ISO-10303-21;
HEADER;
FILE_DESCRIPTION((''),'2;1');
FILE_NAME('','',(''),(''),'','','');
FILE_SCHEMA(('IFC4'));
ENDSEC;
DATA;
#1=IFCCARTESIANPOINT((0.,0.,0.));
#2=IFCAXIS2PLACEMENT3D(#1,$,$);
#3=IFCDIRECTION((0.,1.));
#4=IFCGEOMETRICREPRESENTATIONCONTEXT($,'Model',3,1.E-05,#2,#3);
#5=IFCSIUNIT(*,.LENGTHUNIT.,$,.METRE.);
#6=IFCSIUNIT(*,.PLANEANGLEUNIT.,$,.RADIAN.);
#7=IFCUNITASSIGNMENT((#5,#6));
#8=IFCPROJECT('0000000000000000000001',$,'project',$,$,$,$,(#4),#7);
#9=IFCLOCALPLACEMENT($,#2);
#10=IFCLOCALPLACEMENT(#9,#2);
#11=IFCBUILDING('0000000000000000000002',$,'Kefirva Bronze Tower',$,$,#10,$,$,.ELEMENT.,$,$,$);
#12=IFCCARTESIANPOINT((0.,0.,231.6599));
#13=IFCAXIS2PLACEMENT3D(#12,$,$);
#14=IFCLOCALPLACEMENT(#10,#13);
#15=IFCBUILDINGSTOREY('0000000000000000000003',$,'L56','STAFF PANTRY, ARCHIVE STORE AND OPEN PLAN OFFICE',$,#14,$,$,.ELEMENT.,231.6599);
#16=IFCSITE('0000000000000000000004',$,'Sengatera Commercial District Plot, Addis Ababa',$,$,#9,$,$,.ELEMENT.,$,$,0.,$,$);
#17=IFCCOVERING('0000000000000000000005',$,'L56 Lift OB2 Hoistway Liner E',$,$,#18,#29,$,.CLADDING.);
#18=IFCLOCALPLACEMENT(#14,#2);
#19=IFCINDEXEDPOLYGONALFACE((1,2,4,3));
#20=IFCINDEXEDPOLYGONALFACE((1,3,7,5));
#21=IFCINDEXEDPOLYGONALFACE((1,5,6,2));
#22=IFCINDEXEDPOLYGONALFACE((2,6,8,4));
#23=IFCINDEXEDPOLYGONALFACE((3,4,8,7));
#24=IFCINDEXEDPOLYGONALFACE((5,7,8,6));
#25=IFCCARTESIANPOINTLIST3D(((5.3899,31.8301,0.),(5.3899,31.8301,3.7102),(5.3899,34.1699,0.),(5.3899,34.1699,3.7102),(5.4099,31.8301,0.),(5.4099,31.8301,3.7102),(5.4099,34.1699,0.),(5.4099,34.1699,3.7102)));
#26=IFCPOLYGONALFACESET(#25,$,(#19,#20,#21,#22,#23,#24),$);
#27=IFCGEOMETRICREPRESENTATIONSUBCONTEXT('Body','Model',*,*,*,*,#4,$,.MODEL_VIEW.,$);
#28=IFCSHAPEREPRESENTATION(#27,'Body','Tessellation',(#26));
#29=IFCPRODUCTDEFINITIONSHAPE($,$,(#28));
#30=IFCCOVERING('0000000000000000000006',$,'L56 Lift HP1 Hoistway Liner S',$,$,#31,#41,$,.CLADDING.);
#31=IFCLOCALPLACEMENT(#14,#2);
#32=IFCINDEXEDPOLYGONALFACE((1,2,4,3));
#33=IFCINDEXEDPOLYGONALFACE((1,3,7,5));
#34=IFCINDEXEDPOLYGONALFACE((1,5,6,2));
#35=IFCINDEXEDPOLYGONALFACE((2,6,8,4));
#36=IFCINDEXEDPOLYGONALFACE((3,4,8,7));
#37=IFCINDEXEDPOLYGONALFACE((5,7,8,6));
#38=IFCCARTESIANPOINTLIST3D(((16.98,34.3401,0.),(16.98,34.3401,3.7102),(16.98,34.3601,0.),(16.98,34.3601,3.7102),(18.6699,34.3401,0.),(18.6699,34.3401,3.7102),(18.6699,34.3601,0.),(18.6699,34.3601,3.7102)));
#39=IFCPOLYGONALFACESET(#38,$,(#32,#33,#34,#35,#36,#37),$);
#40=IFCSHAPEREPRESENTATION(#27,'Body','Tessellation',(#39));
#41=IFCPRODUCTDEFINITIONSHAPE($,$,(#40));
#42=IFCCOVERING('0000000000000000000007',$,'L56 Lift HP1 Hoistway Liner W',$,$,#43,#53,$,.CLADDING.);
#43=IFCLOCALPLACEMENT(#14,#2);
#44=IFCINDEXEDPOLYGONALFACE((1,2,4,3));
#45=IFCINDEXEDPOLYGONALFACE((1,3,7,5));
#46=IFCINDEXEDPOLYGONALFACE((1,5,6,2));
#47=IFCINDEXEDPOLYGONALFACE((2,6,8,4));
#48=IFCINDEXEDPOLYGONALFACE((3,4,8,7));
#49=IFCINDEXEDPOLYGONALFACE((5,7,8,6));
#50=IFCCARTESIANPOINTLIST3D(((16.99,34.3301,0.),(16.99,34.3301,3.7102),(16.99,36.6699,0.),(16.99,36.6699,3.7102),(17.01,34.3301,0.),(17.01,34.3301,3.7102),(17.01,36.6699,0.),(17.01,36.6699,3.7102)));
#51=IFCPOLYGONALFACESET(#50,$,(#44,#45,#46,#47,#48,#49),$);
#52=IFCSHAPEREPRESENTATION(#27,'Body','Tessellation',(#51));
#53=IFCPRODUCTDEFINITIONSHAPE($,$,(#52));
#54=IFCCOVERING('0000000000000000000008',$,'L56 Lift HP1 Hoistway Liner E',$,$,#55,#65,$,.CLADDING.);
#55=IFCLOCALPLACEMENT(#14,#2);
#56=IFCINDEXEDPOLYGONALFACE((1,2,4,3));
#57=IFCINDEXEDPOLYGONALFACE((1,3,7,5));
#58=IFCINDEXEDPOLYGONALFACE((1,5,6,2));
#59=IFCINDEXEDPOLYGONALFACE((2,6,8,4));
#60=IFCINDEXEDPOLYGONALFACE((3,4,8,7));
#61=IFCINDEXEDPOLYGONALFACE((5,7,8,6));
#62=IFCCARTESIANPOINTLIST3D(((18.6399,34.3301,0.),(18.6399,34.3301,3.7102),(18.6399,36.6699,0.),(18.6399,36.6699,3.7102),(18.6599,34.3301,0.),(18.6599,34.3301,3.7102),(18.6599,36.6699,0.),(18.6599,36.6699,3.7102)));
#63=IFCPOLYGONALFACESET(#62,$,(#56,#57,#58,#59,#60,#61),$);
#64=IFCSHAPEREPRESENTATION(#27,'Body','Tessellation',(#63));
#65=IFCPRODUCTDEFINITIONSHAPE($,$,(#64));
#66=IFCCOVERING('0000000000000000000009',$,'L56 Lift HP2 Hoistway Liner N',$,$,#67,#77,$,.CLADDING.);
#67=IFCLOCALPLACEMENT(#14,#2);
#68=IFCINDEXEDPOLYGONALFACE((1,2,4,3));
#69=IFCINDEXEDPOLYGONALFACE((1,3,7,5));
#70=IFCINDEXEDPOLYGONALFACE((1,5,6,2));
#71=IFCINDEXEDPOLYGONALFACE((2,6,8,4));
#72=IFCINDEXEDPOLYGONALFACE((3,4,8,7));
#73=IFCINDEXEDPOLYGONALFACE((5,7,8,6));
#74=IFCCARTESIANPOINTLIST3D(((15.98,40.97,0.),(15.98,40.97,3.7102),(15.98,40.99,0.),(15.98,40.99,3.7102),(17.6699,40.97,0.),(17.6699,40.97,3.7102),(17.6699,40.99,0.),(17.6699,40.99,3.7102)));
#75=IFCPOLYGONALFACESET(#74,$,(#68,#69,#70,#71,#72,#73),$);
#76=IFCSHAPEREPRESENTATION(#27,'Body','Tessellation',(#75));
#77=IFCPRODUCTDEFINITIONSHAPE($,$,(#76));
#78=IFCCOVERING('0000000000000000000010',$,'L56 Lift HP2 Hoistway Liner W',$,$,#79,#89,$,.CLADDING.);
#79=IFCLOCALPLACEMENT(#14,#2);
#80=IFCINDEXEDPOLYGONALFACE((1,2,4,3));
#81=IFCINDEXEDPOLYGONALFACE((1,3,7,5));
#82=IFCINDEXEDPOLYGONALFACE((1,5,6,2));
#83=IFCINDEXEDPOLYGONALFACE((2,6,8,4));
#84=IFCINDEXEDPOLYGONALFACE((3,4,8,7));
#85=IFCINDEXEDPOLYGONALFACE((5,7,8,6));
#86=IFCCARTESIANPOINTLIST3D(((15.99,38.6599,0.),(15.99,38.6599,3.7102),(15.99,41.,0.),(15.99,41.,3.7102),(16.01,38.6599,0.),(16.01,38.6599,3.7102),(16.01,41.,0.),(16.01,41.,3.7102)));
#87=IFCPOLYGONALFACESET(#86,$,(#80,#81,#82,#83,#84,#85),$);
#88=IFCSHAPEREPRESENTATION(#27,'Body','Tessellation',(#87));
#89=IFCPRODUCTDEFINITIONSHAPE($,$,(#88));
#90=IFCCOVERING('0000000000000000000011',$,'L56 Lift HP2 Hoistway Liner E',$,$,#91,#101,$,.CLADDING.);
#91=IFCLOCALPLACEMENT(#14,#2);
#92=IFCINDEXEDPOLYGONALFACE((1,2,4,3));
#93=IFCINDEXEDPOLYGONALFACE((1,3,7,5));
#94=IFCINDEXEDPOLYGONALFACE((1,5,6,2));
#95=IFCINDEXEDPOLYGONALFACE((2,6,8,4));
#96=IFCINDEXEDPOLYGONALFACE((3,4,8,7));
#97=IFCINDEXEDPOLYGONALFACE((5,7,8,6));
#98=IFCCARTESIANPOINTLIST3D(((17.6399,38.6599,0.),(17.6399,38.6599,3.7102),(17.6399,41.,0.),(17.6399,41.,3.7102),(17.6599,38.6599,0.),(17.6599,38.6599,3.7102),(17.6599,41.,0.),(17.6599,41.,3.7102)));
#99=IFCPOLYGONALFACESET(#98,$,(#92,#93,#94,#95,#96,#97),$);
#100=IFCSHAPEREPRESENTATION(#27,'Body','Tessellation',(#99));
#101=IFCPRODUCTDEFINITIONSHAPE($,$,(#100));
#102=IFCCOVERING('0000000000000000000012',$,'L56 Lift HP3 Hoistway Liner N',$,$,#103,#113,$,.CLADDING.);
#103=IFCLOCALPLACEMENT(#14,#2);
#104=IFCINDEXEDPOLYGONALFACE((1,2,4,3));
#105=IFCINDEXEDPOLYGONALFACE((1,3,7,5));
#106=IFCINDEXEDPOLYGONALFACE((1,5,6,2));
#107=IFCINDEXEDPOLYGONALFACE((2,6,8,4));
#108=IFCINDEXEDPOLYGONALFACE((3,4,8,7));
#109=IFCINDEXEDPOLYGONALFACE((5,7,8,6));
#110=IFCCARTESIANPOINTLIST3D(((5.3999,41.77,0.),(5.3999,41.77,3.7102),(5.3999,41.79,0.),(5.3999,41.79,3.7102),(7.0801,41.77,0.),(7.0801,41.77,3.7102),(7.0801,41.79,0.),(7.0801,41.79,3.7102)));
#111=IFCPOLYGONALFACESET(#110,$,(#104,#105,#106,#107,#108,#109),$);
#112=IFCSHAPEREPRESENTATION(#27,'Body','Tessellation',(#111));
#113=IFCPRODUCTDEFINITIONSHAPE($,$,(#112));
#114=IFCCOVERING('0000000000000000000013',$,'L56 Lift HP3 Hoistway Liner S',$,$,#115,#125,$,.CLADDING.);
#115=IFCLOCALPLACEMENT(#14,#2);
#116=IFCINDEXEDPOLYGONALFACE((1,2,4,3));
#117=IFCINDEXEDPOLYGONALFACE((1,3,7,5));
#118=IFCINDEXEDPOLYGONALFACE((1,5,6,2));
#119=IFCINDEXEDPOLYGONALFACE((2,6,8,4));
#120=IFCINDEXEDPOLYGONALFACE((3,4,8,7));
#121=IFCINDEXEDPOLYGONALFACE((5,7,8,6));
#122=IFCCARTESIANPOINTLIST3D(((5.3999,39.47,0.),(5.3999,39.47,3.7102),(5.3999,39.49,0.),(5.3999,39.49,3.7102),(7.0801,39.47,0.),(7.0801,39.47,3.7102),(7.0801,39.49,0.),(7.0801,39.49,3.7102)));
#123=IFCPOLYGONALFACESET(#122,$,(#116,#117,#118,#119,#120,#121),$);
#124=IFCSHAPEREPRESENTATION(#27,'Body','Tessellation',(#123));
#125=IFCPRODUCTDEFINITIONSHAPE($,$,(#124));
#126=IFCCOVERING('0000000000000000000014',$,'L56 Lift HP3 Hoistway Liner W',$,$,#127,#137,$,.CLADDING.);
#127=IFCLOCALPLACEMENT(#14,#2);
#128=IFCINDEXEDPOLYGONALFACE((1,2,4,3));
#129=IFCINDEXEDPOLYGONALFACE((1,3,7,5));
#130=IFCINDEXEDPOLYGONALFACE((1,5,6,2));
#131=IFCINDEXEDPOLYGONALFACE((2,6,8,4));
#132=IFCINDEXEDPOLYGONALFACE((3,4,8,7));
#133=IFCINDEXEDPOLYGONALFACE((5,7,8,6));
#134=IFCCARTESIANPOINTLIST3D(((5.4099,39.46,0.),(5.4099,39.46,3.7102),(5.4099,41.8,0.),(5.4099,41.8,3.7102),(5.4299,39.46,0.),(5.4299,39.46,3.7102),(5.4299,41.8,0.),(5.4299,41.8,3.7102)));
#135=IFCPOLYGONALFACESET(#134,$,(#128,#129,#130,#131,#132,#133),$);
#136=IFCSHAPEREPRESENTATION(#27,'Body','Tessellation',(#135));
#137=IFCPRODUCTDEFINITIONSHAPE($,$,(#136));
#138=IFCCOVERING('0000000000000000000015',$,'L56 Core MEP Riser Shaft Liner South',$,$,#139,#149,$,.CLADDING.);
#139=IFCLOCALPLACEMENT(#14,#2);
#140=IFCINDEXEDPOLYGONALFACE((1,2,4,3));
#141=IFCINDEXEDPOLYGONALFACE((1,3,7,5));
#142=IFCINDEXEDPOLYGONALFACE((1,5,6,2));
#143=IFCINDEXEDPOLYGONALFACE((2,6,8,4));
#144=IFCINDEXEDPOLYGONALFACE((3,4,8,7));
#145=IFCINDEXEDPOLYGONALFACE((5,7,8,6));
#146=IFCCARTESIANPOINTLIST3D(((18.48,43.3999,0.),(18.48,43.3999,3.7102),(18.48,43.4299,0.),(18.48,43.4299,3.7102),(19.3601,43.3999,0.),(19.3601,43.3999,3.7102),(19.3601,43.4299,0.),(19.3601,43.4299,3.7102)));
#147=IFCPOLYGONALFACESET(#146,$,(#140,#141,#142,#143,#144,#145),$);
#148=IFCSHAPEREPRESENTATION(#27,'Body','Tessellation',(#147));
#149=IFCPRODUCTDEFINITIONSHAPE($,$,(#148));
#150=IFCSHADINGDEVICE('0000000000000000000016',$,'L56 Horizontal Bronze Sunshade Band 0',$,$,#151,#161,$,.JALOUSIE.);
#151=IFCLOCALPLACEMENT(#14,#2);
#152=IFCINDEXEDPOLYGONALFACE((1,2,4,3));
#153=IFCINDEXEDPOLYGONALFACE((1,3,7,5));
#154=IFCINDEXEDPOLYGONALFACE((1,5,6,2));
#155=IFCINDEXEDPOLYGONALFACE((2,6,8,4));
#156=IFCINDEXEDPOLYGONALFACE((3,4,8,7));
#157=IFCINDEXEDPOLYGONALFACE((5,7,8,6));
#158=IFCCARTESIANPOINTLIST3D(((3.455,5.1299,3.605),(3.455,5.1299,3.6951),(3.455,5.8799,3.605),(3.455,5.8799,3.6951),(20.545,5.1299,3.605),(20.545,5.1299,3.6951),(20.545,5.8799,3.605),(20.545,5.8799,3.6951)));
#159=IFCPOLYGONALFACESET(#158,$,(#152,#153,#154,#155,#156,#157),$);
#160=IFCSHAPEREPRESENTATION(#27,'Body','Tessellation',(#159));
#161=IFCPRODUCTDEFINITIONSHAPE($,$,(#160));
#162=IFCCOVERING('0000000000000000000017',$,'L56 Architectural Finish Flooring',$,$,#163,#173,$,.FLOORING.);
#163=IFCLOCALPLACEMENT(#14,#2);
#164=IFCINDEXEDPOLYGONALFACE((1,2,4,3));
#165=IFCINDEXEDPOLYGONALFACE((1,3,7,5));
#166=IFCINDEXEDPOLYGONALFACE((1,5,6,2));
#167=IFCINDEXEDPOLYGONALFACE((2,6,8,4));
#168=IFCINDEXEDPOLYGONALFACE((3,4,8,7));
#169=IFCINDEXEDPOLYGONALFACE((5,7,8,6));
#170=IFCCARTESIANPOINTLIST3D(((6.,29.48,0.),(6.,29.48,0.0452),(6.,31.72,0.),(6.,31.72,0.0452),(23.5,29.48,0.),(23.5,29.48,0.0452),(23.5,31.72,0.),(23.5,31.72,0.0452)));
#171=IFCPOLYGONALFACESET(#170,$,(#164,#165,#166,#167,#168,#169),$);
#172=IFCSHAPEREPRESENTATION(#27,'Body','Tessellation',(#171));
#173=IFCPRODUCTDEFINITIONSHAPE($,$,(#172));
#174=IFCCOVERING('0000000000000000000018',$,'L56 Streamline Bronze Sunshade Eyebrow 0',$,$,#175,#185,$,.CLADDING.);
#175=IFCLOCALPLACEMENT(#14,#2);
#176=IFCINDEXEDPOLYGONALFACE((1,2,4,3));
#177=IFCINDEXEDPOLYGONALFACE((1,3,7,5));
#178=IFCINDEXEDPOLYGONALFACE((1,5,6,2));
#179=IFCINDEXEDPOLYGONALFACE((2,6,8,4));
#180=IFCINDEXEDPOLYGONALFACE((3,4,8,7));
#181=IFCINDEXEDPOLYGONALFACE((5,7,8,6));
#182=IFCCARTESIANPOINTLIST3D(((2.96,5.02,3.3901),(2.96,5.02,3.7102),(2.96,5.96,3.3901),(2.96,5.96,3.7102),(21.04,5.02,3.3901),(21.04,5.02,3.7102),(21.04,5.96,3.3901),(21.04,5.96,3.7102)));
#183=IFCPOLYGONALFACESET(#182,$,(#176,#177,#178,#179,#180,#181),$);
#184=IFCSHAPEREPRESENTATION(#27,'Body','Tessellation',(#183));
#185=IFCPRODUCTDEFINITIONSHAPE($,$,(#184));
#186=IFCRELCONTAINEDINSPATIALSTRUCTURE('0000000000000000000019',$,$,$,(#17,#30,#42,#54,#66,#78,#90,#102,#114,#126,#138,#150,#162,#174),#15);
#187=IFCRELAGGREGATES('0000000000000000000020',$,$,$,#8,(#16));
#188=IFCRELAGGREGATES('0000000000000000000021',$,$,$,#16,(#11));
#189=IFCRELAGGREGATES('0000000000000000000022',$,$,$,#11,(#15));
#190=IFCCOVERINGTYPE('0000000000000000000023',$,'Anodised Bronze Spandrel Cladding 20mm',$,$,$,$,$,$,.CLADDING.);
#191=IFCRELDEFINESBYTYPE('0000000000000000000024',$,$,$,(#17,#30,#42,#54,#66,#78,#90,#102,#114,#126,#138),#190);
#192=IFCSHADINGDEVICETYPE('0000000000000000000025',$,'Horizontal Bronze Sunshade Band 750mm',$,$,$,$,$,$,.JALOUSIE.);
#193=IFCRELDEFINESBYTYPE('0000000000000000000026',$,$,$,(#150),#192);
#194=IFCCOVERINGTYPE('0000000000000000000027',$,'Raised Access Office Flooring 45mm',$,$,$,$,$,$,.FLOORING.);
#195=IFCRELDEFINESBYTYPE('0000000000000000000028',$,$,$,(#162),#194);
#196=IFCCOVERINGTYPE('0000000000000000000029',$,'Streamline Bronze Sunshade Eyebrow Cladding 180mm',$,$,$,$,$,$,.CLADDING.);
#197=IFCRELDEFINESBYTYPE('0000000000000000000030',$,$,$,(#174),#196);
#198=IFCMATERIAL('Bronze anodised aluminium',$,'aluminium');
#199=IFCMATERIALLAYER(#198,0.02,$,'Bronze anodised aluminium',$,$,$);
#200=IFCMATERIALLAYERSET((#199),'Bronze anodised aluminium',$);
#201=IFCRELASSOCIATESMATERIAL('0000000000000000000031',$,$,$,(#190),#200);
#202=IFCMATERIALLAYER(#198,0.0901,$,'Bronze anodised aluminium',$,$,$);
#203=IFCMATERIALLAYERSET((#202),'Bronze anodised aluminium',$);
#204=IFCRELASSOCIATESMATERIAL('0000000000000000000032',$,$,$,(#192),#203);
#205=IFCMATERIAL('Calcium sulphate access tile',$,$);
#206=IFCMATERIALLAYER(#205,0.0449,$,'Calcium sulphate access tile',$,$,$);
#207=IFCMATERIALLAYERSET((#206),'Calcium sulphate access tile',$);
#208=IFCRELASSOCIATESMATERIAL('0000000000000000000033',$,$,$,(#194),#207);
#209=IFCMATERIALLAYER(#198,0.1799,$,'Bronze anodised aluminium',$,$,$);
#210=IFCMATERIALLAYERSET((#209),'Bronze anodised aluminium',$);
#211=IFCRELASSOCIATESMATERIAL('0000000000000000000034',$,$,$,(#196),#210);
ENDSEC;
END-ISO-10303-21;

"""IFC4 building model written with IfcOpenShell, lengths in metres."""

from ifc_helpers import new_model, si_unit, direction, frame, origin, origin_2d, place, context, subcontext, project, spatial, polyline, rectangle, outline, extrude, material, layer, layer_set, type_object, element, save


model = new_model("IFC4")

# Units and contexts
model_context = context("Model", 3, precision=1e-05, world=origin(), true_north=direction((0.0, 1.0)))
body_context = subcontext(model_context, "Body", "Model", "MODEL_VIEW")
ifc_project = project(units=[si_unit("LENGTHUNIT", "METRE"), si_unit("PLANEANGLEUNIT", "RADIAN")], contexts=[model_context])

# Site, building, storey
site_placement = place(None, origin())
site = spatial("IfcSite", under=ifc_project, at=site_placement, Name="Sengatera Commercial District Plot, Addis Ababa", CompositionType="ELEMENT", RefElevation=0.0)
building_placement = place(site_placement, origin())
building = spatial("IfcBuilding", under=site, at=building_placement, Name="Kefirva Bronze Tower", CompositionType="ELEMENT")
storey_placement = place(building_placement, frame((0.0, 0.0, 231.6599)))
storey = spatial("IfcBuildingStorey", under=building, at=storey_placement, Name="L56", Description="STAFF PANTRY, ARCHIVE STORE AND OPEN PLAN OFFICE", CompositionType="ELEMENT", Elevation=231.6599)

# Shared definitions
ifc_material_1 = material(Name="Bronze anodised aluminium", Category="aluminium")

# Coverings
ifc_layer_1 = layer(ifc_material_1, 0.02, Name="Bronze anodised aluminium")
ifc_layer_set_1 = layer_set([ifc_layer_1], Name="Bronze anodised aluminium")
covering_type_1 = type_object("IfcCoveringType", Name="Anodised Bronze Spandrel Cladding 20mm", PredefinedType="CLADDING", material=ifc_layer_set_1)
covering_1_placement = place(storey_placement, origin())
element("IfcCovering", 1, at=covering_1_placement, inside=storey, type_object=covering_type_1, Name="L56 Lift OB2 Hoistway Liner E", PredefinedType="CLADDING", context=body_context, shape_type="SweptSolid", body=[
    extrude(outline(polyline([(5.3899, 31.8301), (5.4099, 31.8301), (5.4099, 34.1699), (5.3899, 34.1699), (5.3899, 31.8301)])), origin(), (0.0, 0.0, 1.0), 3.7102),
])
covering_2_placement = place(storey_placement, origin())
element("IfcCovering", 2, at=covering_2_placement, inside=storey, type_object=covering_type_1, Name="L56 Lift HP1 Hoistway Liner S", PredefinedType="CLADDING", context=body_context, shape_type="SweptSolid", body=[
    extrude(outline(polyline([(16.98, 34.3401), (18.6699, 34.3401), (18.6699, 34.3601), (16.98, 34.3601), (16.98, 34.3401)])), origin(), (0.0, 0.0, 1.0), 3.7102),
])
covering_3_placement = place(storey_placement, origin())
element("IfcCovering", 3, at=covering_3_placement, inside=storey, type_object=covering_type_1, Name="L56 Lift HP1 Hoistway Liner W", PredefinedType="CLADDING", context=body_context, shape_type="SweptSolid", body=[
    extrude(outline(polyline([(16.99, 34.3301), (17.01, 34.3301), (17.01, 36.6699), (16.99, 36.6699), (16.99, 34.3301)])), origin(), (0.0, 0.0, 1.0), 3.7102),
])
covering_4_placement = place(storey_placement, origin())
element("IfcCovering", 4, at=covering_4_placement, inside=storey, type_object=covering_type_1, Name="L56 Lift HP1 Hoistway Liner E", PredefinedType="CLADDING", context=body_context, shape_type="SweptSolid", body=[
    extrude(outline(polyline([(18.6399, 34.3301), (18.6599, 34.3301), (18.6599, 36.6699), (18.6399, 36.6699), (18.6399, 34.3301)])), origin(), (0.0, 0.0, 1.0), 3.7102),
])
covering_5_placement = place(storey_placement, origin())
element("IfcCovering", 5, at=covering_5_placement, inside=storey, type_object=covering_type_1, Name="L56 Lift HP2 Hoistway Liner N", PredefinedType="CLADDING", context=body_context, shape_type="SweptSolid", body=[
    extrude(outline(polyline([(15.98, 40.97), (17.6699, 40.97), (17.6699, 40.99), (15.98, 40.99), (15.98, 40.97)])), origin(), (0.0, 0.0, 1.0), 3.7102),
])
covering_6_placement = place(storey_placement, origin())
element("IfcCovering", 6, at=covering_6_placement, inside=storey, type_object=covering_type_1, Name="L56 Lift HP2 Hoistway Liner W", PredefinedType="CLADDING", context=body_context, shape_type="SweptSolid", body=[
    extrude(outline(polyline([(15.99, 38.6599), (16.01, 38.6599), (16.01, 41.0), (15.99, 41.0), (15.99, 38.6599)])), origin(), (0.0, 0.0, 1.0), 3.7102),
])
covering_7_placement = place(storey_placement, origin())
element("IfcCovering", 7, at=covering_7_placement, inside=storey, type_object=covering_type_1, Name="L56 Lift HP2 Hoistway Liner E", PredefinedType="CLADDING", context=body_context, shape_type="SweptSolid", body=[
    extrude(outline(polyline([(17.6399, 38.6599), (17.6599, 38.6599), (17.6599, 41.0), (17.6399, 41.0), (17.6399, 38.6599)])), origin(), (0.0, 0.0, 1.0), 3.7102),
])
covering_8_placement = place(storey_placement, origin())
element("IfcCovering", 8, at=covering_8_placement, inside=storey, type_object=covering_type_1, Name="L56 Lift HP3 Hoistway Liner N", PredefinedType="CLADDING", context=body_context, shape_type="SweptSolid", body=[
    extrude(outline(polyline([(5.3999, 41.77), (7.0801, 41.77), (7.0801, 41.79), (5.3999, 41.79), (5.3999, 41.77)])), origin(), (0.0, 0.0, 1.0), 3.7102),
])
covering_9_placement = place(storey_placement, origin())
element("IfcCovering", 9, at=covering_9_placement, inside=storey, type_object=covering_type_1, Name="L56 Lift HP3 Hoistway Liner S", PredefinedType="CLADDING", context=body_context, shape_type="SweptSolid", body=[
    extrude(outline(polyline([(5.3999, 39.47), (7.0801, 39.47), (7.0801, 39.49), (5.3999, 39.49), (5.3999, 39.47)])), origin(), (0.0, 0.0, 1.0), 3.7102),
])
covering_10_placement = place(storey_placement, origin())
element("IfcCovering", 10, at=covering_10_placement, inside=storey, type_object=covering_type_1, Name="L56 Lift HP3 Hoistway Liner W", PredefinedType="CLADDING", context=body_context, shape_type="SweptSolid", body=[
    extrude(outline(polyline([(5.4099, 39.46), (5.4299, 39.46), (5.4299, 41.8), (5.4099, 41.8), (5.4099, 39.46)])), origin(), (0.0, 0.0, 1.0), 3.7102),
])
covering_11_placement = place(storey_placement, origin())
element("IfcCovering", 11, at=covering_11_placement, inside=storey, type_object=covering_type_1, Name="L56 Core MEP Riser Shaft Liner South", PredefinedType="CLADDING", context=body_context, shape_type="SweptSolid", body=[
    extrude(outline(polyline([(18.48, 43.3999), (19.3601, 43.3999), (19.3601, 43.4299), (18.48, 43.4299), (18.48, 43.3999)])), origin(), (0.0, 0.0, 1.0), 3.7102),
])

# Shading device
ifc_layer_2 = layer(ifc_material_1, 0.0901, Name="Bronze anodised aluminium")
ifc_layer_set_2 = layer_set([ifc_layer_2], Name="Bronze anodised aluminium")
shading_device_type = type_object("IfcShadingDeviceType", Name="Horizontal Bronze Sunshade Band 750mm", PredefinedType="JALOUSIE", material=ifc_layer_set_2)
shading_device_placement = place(storey_placement, frame((12.0, 5.5049, 3.605), z_axis=(0.0, 0.0, 1.0), x_axis=(1.0, 0.0, 0.0)))
element("IfcShadingDevice", 12, at=shading_device_placement, inside=storey, type_object=shading_device_type, Name="L56 Horizontal Bronze Sunshade Band 0", PredefinedType="JALOUSIE", context=body_context, shape_type="SweptSolid", body=[
    extrude(rectangle(XDim=17.0901, YDim=0.75, at=origin_2d()), origin(), (0.0, 0.0, 1.0), 0.0901),
])

# Coverings
ifc_material_2 = material(Name="Calcium sulphate access tile")
ifc_layer_3 = layer(ifc_material_2, 0.0449, Name="Calcium sulphate access tile")
ifc_layer_set_3 = layer_set([ifc_layer_3], Name="Calcium sulphate access tile")
covering_type_2 = type_object("IfcCoveringType", Name="Raised Access Office Flooring 45mm", PredefinedType="FLOORING", material=ifc_layer_set_3)
covering_12_placement = place(storey_placement, origin())
element("IfcCovering", 13, at=covering_12_placement, inside=storey, type_object=covering_type_2, Name="L56 Architectural Finish Flooring", PredefinedType="FLOORING", context=body_context, shape_type="SweptSolid", body=[
    extrude(outline(polyline([(6.0, 29.48), (23.5, 29.48), (23.5, 31.72), (6.0, 31.72), (6.0, 29.48)])), origin(), (0.0, 0.0, 1.0), 0.0452),
])
ifc_layer_4 = layer(ifc_material_1, 0.1799, Name="Bronze anodised aluminium")
ifc_layer_set_4 = layer_set([ifc_layer_4], Name="Bronze anodised aluminium")
covering_type_3 = type_object("IfcCoveringType", Name="Streamline Bronze Sunshade Eyebrow Cladding 180mm", PredefinedType="CLADDING", material=ifc_layer_set_4)
covering_13_placement = place(storey_placement, frame((12.0, 5.49, 3.3901), z_axis=(0.0, 0.0, 1.0), x_axis=(1.0, 0.0, 0.0)))
element("IfcCovering", 14, at=covering_13_placement, inside=storey, type_object=covering_type_3, Name="L56 Streamline Bronze Sunshade Eyebrow 0", PredefinedType="CLADDING", context=body_context, shape_type="SweptSolid", body=[
    extrude(rectangle(XDim=18.0801, YDim=0.9399, at=origin_2d()), origin(), (0.0, 0.0, 1.0), 0.3201),
])

save(model, "model.ifc")
